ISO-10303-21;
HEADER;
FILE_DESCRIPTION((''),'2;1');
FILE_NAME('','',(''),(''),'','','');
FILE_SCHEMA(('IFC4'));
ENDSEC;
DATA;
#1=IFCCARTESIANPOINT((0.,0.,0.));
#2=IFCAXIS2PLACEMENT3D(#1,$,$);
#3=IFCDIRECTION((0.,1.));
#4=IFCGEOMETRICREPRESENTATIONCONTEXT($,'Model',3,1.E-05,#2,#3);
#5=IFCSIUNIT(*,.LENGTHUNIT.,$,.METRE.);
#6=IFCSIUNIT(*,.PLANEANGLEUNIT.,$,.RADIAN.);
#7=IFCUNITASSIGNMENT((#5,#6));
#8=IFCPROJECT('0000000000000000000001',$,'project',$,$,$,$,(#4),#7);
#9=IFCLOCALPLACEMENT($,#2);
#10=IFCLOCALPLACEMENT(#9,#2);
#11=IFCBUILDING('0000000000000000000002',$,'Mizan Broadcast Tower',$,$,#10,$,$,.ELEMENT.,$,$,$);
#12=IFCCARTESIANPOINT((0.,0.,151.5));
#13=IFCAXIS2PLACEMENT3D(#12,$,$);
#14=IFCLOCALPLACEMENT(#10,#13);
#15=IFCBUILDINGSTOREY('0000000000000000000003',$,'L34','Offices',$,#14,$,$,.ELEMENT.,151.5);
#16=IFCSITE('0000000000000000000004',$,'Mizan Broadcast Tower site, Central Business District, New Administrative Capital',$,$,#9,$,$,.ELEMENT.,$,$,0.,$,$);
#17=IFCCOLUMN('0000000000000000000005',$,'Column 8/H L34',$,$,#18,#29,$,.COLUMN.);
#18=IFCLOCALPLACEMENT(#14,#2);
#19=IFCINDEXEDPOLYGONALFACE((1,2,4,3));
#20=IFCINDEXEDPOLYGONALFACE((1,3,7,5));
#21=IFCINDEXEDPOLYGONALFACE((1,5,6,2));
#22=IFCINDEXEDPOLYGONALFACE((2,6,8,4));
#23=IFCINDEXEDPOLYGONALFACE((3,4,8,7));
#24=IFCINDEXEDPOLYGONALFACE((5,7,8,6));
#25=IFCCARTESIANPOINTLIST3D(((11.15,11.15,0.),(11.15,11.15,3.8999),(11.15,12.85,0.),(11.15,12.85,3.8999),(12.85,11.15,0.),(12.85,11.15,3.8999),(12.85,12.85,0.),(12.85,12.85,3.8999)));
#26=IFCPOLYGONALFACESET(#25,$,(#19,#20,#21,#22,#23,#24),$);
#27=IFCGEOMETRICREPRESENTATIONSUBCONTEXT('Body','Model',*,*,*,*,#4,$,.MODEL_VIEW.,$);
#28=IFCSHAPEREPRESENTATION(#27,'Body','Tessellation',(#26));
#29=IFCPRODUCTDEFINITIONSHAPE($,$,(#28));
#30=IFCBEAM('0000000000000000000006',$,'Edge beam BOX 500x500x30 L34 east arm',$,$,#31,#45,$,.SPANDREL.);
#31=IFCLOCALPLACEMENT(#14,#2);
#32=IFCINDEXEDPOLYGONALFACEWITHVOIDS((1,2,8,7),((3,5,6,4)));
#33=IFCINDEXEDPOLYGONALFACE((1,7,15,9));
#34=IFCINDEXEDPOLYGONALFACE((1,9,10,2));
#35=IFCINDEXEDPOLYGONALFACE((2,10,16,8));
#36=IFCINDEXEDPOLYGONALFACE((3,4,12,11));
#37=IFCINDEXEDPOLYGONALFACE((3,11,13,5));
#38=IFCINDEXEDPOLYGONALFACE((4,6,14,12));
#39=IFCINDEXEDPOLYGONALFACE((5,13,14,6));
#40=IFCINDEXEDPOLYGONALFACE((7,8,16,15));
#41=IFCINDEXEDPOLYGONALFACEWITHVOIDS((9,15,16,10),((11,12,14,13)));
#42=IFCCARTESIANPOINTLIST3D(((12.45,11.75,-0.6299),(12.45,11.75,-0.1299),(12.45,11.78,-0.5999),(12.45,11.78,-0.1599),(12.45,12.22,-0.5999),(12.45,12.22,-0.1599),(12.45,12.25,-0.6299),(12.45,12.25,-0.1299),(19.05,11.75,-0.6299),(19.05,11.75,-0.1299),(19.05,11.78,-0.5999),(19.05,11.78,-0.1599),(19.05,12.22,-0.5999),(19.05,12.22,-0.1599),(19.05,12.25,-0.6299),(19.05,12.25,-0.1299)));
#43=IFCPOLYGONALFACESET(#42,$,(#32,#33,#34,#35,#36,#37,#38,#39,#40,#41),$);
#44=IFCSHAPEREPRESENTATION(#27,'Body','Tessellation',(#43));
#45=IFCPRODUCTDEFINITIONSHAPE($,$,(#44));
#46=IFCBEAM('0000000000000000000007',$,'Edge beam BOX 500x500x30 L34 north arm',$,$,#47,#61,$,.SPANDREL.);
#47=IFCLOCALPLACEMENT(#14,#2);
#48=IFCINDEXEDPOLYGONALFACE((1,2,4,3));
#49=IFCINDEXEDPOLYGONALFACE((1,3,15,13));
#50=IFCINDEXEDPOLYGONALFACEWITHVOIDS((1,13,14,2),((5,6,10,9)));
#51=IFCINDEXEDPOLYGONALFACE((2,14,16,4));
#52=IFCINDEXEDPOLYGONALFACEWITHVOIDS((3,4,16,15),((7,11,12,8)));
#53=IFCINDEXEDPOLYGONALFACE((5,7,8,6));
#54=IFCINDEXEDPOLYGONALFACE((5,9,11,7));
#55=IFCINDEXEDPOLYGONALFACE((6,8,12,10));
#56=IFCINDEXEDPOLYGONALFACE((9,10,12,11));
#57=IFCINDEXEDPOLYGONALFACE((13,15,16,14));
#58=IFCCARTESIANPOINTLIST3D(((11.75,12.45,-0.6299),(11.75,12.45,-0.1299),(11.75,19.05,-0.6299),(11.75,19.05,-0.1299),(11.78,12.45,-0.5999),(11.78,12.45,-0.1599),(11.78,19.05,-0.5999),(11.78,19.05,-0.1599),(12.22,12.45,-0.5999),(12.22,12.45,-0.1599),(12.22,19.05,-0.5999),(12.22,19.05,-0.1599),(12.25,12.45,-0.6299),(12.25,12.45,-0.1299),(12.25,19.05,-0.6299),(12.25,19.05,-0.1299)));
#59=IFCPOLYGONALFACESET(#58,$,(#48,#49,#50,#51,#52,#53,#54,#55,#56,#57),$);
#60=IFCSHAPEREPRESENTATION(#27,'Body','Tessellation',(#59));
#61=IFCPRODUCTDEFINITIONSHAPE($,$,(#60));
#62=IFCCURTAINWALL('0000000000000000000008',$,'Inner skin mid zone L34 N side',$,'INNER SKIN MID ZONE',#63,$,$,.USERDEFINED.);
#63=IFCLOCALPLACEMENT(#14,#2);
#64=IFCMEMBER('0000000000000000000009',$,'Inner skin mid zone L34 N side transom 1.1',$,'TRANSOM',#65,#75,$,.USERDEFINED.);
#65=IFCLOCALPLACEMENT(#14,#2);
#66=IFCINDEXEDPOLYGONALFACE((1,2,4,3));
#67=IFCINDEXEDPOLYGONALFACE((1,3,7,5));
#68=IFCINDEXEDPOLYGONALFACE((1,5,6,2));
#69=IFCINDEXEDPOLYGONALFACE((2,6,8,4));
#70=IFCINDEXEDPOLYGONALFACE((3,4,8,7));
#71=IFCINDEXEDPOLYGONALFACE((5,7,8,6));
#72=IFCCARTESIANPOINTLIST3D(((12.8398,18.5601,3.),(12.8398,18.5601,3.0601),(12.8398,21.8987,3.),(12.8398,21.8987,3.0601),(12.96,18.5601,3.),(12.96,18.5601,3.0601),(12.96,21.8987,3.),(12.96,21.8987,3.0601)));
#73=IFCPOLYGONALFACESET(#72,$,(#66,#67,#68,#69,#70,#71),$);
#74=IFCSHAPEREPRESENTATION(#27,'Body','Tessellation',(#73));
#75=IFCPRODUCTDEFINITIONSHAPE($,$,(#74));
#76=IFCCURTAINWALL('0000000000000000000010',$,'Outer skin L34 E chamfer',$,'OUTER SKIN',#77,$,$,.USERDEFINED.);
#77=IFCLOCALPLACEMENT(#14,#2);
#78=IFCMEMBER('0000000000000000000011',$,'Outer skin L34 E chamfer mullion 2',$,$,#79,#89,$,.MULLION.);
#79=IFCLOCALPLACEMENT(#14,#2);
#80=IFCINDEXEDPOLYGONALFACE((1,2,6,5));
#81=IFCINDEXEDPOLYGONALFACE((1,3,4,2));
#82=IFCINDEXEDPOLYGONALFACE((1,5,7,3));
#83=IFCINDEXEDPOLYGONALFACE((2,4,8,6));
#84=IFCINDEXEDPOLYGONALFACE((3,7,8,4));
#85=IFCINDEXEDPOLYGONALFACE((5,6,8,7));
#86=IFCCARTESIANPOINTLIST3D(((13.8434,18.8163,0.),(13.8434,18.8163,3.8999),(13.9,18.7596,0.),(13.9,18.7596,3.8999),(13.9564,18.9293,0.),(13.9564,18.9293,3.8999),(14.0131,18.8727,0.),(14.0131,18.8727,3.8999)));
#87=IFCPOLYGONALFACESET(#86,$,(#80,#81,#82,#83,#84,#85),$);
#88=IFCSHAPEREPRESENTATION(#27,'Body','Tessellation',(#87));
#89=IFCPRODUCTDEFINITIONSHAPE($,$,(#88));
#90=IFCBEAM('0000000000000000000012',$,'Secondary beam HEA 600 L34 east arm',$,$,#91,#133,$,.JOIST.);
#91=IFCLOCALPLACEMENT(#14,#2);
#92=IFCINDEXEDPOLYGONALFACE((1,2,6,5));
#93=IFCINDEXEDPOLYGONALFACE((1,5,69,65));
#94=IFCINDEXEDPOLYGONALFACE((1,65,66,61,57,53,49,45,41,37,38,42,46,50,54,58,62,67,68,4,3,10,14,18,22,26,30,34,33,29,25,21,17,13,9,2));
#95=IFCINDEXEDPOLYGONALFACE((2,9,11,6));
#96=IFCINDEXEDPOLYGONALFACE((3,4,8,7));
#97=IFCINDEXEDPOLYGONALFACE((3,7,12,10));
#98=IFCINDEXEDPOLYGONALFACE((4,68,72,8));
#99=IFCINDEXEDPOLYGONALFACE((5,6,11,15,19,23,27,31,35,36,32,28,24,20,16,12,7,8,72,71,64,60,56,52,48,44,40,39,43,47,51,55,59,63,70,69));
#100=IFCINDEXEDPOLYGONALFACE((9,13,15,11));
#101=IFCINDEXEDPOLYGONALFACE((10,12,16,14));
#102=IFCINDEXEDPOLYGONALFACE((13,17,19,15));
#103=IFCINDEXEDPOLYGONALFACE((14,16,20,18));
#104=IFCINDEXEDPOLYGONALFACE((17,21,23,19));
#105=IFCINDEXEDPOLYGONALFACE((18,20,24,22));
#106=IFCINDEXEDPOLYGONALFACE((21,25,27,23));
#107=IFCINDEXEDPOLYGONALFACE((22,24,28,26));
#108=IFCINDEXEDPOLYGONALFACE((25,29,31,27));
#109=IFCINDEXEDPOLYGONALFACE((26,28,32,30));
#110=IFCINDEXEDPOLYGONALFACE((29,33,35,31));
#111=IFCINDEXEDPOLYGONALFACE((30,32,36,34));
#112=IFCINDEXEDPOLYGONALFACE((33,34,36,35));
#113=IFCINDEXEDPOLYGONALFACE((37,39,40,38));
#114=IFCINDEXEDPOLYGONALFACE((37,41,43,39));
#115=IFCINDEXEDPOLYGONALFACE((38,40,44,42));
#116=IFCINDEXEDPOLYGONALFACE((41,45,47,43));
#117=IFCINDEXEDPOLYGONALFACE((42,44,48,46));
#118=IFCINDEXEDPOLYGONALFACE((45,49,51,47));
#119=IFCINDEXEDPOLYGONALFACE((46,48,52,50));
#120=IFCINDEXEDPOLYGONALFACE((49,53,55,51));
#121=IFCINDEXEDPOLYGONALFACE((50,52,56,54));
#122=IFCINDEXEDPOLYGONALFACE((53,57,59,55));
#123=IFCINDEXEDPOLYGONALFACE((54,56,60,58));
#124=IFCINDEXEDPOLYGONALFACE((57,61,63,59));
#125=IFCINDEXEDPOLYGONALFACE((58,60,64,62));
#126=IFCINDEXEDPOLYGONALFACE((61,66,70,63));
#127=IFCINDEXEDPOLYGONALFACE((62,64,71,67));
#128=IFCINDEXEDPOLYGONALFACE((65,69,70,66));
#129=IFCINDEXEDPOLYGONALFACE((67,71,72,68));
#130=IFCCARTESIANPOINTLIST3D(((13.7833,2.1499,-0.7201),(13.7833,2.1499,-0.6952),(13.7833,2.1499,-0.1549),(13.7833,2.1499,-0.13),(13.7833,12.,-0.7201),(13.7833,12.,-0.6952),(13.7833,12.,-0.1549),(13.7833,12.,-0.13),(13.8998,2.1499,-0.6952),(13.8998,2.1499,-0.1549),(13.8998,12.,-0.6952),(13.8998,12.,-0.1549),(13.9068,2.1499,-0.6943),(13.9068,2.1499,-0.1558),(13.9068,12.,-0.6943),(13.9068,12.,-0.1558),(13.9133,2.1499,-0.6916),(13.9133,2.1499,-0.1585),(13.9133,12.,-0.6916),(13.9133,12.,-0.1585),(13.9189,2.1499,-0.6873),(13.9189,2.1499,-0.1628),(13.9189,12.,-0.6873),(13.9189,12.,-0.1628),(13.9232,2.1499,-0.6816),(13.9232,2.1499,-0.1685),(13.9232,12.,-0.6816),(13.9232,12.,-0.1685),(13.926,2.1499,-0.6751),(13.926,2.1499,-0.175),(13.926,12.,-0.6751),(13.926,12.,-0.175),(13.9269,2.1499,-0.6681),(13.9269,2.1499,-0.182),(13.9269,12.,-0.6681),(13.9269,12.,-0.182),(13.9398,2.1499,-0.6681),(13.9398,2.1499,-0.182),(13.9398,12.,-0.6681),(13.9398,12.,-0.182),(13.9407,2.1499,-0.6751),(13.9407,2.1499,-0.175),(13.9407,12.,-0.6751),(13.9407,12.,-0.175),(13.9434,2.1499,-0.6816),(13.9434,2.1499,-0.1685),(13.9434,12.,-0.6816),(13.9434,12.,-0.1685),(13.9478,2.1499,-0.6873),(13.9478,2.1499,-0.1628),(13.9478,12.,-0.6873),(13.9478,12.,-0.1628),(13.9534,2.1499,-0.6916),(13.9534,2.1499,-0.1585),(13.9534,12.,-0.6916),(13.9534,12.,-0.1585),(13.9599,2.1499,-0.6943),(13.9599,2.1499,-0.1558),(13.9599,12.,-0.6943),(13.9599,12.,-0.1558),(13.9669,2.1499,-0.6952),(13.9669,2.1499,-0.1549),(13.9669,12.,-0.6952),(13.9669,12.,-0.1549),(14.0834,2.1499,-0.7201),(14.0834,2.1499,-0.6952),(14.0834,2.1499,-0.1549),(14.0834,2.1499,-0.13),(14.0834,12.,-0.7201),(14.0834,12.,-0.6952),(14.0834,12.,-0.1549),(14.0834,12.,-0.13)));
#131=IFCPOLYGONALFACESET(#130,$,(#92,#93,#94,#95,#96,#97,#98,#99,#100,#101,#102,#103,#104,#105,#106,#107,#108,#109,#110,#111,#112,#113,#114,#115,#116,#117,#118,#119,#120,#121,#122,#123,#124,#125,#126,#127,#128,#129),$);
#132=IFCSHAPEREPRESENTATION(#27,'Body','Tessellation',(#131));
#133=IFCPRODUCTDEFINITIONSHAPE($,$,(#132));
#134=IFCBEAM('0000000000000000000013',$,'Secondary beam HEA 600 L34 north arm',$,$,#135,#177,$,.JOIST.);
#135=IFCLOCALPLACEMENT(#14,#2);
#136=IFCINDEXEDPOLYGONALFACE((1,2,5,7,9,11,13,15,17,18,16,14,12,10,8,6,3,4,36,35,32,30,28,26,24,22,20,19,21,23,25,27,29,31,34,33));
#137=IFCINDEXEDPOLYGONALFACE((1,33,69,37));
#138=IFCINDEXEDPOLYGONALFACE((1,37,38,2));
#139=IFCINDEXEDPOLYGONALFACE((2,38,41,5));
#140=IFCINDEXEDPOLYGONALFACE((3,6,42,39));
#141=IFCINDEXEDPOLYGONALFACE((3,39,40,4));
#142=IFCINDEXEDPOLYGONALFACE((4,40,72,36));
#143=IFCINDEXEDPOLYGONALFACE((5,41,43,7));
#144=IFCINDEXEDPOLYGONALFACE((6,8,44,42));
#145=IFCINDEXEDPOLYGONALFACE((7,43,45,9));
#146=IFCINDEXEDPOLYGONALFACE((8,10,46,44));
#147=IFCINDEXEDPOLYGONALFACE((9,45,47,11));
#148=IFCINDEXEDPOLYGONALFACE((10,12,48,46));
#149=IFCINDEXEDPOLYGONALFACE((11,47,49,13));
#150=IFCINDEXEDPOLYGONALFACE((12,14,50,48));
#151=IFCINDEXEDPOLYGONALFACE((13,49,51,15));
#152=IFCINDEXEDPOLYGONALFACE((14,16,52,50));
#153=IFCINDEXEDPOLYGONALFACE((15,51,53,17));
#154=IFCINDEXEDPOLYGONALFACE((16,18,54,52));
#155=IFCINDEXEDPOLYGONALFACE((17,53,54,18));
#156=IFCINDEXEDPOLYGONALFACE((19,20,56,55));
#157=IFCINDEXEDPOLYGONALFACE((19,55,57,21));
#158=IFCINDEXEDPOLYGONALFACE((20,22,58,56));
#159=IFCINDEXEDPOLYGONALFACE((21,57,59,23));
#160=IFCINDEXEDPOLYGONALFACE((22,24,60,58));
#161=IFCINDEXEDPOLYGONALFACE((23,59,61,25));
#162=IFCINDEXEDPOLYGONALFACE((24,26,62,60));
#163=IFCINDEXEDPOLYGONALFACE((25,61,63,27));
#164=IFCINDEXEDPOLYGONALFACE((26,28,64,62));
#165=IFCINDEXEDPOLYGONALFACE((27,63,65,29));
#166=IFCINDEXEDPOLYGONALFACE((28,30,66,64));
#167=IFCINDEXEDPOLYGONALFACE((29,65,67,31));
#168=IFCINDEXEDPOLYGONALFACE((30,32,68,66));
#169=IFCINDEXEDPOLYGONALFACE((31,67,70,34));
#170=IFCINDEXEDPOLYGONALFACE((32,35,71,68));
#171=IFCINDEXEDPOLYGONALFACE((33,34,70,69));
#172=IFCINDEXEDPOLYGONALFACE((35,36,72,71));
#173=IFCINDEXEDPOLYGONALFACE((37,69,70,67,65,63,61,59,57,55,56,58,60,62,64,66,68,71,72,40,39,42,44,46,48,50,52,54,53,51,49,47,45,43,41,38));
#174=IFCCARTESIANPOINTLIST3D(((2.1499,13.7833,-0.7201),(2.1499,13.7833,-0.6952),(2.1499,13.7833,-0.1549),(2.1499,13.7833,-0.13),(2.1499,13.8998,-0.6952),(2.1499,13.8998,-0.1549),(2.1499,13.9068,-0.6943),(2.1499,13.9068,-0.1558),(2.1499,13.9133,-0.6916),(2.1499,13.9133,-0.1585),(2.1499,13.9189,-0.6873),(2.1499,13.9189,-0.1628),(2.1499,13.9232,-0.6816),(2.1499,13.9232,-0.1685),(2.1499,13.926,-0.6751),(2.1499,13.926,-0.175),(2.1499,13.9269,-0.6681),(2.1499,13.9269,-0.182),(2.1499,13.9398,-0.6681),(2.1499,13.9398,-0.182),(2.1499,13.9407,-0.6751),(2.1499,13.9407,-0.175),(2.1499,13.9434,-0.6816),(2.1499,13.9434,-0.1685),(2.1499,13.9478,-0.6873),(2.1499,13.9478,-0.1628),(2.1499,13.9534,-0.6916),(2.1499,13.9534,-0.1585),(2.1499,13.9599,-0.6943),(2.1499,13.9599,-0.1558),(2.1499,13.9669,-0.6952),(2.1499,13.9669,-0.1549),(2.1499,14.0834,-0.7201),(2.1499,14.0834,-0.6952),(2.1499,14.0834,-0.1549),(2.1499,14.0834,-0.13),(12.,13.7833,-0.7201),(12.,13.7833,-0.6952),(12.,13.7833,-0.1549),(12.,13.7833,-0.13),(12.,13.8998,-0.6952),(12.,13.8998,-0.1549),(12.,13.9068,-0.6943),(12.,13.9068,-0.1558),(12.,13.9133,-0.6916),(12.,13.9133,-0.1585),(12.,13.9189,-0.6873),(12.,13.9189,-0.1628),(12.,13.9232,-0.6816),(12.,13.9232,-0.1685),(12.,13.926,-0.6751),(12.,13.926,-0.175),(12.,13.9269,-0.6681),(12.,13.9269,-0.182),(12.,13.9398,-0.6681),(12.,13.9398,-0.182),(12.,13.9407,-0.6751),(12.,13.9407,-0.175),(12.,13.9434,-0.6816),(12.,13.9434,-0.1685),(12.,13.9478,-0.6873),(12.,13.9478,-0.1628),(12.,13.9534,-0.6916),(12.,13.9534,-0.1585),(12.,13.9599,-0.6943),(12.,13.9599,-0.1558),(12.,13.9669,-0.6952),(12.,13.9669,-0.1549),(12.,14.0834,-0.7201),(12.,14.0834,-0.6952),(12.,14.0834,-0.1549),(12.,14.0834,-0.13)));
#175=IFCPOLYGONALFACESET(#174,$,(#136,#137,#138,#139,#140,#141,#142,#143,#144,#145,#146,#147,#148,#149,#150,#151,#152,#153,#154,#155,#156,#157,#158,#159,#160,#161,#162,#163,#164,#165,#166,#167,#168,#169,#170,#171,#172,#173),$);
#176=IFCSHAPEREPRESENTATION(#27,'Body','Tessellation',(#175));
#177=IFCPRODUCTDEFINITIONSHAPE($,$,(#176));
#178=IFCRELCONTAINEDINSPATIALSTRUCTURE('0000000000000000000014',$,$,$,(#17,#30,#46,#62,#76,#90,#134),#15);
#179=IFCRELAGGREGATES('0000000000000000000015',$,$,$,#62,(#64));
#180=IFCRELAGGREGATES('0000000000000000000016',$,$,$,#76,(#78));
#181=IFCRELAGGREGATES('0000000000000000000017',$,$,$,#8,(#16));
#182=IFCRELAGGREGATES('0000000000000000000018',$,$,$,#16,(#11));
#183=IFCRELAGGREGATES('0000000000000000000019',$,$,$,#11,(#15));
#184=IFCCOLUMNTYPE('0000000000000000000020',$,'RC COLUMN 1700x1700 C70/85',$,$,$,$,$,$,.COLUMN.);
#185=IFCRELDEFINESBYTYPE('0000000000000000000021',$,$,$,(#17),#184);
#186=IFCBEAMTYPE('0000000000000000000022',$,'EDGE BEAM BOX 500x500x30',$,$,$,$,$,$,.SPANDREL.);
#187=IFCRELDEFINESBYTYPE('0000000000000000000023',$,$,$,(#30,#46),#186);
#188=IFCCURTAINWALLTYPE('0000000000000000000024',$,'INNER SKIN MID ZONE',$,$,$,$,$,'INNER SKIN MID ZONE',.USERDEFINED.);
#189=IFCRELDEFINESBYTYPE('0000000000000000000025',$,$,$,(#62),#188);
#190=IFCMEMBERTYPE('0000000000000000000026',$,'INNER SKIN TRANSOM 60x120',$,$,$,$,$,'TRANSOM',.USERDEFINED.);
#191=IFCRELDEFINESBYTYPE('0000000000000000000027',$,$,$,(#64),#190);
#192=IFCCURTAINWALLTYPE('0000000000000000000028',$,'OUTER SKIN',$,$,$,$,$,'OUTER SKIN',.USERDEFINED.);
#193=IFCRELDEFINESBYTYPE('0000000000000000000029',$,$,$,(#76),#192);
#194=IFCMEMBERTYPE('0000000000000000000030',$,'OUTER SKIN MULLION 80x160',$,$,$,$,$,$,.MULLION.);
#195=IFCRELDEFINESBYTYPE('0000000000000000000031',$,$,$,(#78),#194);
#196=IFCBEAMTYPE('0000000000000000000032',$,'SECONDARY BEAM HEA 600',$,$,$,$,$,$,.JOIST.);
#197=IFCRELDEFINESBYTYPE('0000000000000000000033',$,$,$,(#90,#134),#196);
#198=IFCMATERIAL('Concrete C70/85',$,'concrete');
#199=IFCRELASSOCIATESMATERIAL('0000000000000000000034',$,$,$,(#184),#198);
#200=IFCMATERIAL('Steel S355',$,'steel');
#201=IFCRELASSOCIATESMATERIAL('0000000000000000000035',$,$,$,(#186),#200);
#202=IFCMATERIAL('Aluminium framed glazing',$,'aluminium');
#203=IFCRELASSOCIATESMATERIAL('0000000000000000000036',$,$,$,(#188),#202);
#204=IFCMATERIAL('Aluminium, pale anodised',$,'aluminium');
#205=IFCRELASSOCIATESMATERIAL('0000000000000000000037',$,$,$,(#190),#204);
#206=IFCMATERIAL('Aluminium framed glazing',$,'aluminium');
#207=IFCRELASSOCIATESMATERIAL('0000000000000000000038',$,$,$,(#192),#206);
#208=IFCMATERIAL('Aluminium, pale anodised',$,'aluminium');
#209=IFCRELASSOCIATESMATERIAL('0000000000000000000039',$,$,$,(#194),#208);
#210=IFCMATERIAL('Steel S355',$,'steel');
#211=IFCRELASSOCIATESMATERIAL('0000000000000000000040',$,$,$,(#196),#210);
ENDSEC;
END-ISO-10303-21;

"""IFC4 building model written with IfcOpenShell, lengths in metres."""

from ifc_helpers import new_model, si_unit, direction, frame, origin, origin_2d, place, context, subcontext, project, spatial, rectangle, hollow_rectangle, i_section, extrude, material, material_profile, profile_set, type_object, element, aggregate, save


model = new_model("IFC4")

# Units and contexts
model_context = context("Model", 3, precision=1e-05, world=origin(), true_north=direction((0.0, 1.0)))
body_context = subcontext(model_context, "Body", "Model", "MODEL_VIEW")
ifc_project = project(units=[si_unit("LENGTHUNIT", "METRE"), si_unit("PLANEANGLEUNIT", "RADIAN")], contexts=[model_context])

# Site, building, storey
site_placement = place(None, origin())
site = spatial("IfcSite", under=ifc_project, at=site_placement, Name="Mizan Broadcast Tower site, Central Business District, New Administrative Capital", CompositionType="ELEMENT", RefElevation=0.0)
building_placement = place(site_placement, origin())
building = spatial("IfcBuilding", under=site, at=building_placement, Name="Mizan Broadcast Tower", CompositionType="ELEMENT")
storey_placement = place(building_placement, frame((0.0, 0.0, 151.5)))
storey = spatial("IfcBuildingStorey", under=building, at=storey_placement, Name="L34", Description="Offices", CompositionType="ELEMENT", Elevation=151.5)

# Column
ifc_material_1 = material(Name="Concrete C70/85", Category="concrete")
ifc_material_profile_1 = material_profile(ifc_material_1, rectangle(XDim=1.7, YDim=1.7, at=origin_2d()), Name="RC 1700x1700")
ifc_profile_set_1 = profile_set([ifc_material_profile_1], Name="Concrete C70/85")
column_type = type_object("IfcColumnType", Name="RC COLUMN 1700x1700 C70/85", PredefinedType="COLUMN", material=ifc_profile_set_1)
column_placement = place(storey_placement, frame((12.0, 12.0, 0.0), z_axis=(0.0, 0.0, 1.0), x_axis=(1.0, 0.0, 0.0)))
element("IfcColumn", 1, at=column_placement, inside=storey, type_object=column_type, Name="Column 8/H L34", PredefinedType="COLUMN", context=body_context, shape_type="SweptSolid", body=[
    extrude(rectangle(XDim=1.7, YDim=1.7, at=origin_2d()), origin(), (0.0, 0.0, 1.0), 3.8999),
])

# Beams
ifc_material_2 = material(Name="Steel S355", Category="steel")
ifc_material_profile_2 = material_profile(ifc_material_2, hollow_rectangle(XDim=0.5, YDim=0.5, WallThickness=0.03, at=origin_2d()), Name="BOX 500x500x30")
ifc_profile_set_2 = profile_set([ifc_material_profile_2], Name="Steel S355")
beam_type_1 = type_object("IfcBeamType", Name="EDGE BEAM BOX 500x500x30", PredefinedType="SPANDREL", material=ifc_profile_set_2)
for number, where, z_axis, x_axis, name in (
    (2, (12.45, 12.0, -0.3799), (1.0, 0.0, 0.0), (0.0, 1.0, 0.0), "Edge beam BOX 500x500x30 L34 east arm"),
    (3, (12.0, 12.45, -0.3799), (0.0, 1.0, 0.0), (-1.0, 0.0, 0.0), "Edge beam BOX 500x500x30 L34 north arm"),
):
    element("IfcBeam", number, at=place(storey_placement, frame(where, z_axis=z_axis, x_axis=x_axis)), inside=storey, type_object=beam_type_1, Name=name, PredefinedType="SPANDREL", context=body_context, shape_type="SweptSolid", body=[
        extrude(hollow_rectangle(XDim=0.5, YDim=0.5, WallThickness=0.03, at=origin_2d()), origin(), (0.0, 0.0, 1.0), 6.6001),
    ])

# Curtain walls, members
ifc_material_3 = material(Name="Aluminium framed glazing", Category="aluminium")
curtain_wall_type_1 = type_object("IfcCurtainWallType", Name="INNER SKIN MID ZONE", ElementType="INNER SKIN MID ZONE", PredefinedType="USERDEFINED", material=ifc_material_3)
curtain_wall_1_placement = place(storey_placement, origin())
curtain_wall_1 = element("IfcCurtainWall", 4, at=curtain_wall_1_placement, inside=storey, type_object=curtain_wall_type_1, Name="Inner skin mid zone L34 N side", ObjectType="INNER SKIN MID ZONE", PredefinedType="USERDEFINED")
ifc_material_4 = material(Name="Aluminium, pale anodised", Category="aluminium")
ifc_material_profile_3 = material_profile(ifc_material_4, rectangle(XDim=0.1201, YDim=0.0601, at=origin_2d()), Name="TRANSOM 120x60")
ifc_profile_set_3 = profile_set([ifc_material_profile_3], Name="Aluminium, pale anodised")
member_type_1 = type_object("IfcMemberType", Name="INNER SKIN TRANSOM 60x120", ElementType="TRANSOM", PredefinedType="USERDEFINED", material=ifc_profile_set_3)
member_1_placement = place(storey_placement, frame((12.8999, 18.5601, 3.03), z_axis=(0.0, 1.0, 0.0), x_axis=(-1.0, 0.0, 0.0)))
member_1 = element("IfcMember", 5, at=member_1_placement, type_object=member_type_1, Name="Inner skin mid zone L34 N side transom 1.1", ObjectType="TRANSOM", PredefinedType="USERDEFINED", context=body_context, shape_type="SweptSolid", body=[
    extrude(rectangle(XDim=0.1201, YDim=0.0601, at=origin_2d()), origin(), (0.0, 0.0, 1.0), 3.3386),
])
aggregate(curtain_wall_1, [member_1])
ifc_material_5 = material(Name="Aluminium framed glazing", Category="aluminium")
curtain_wall_type_2 = type_object("IfcCurtainWallType", Name="OUTER SKIN", ElementType="OUTER SKIN", PredefinedType="USERDEFINED", material=ifc_material_5)
curtain_wall_2_placement = place(storey_placement, origin())
curtain_wall_2 = element("IfcCurtainWall", 6, at=curtain_wall_2_placement, inside=storey, type_object=curtain_wall_type_2, Name="Outer skin L34 E chamfer", ObjectType="OUTER SKIN", PredefinedType="USERDEFINED")
ifc_material_6 = material(Name="Aluminium, pale anodised", Category="aluminium")
ifc_material_profile_4 = material_profile(ifc_material_6, rectangle(XDim=0.1599, YDim=0.0801, at=origin_2d()), Name="MULLION 160x80")
ifc_profile_set_4 = profile_set([ifc_material_profile_4], Name="Aluminium, pale anodised")
member_type_2 = type_object("IfcMemberType", Name="OUTER SKIN MULLION 80x160", PredefinedType="MULLION", material=ifc_profile_set_4)
member_2_placement = place(storey_placement, frame((13.9282, 18.8445, 0.0), z_axis=(0.0, 0.0, 1.0), x_axis=(-0.707107, -0.707107, 0.0)))
member_2 = element("IfcMember", 7, at=member_2_placement, type_object=member_type_2, Name="Outer skin L34 E chamfer mullion 2", PredefinedType="MULLION", context=body_context, shape_type="SweptSolid", body=[
    extrude(rectangle(XDim=0.1599, YDim=0.0801, at=origin_2d()), origin(), (0.0, 0.0, 1.0), 3.8999),
])

# Beams
ifc_material_7 = material(Name="Steel S355", Category="steel")
ifc_material_profile_5 = material_profile(ifc_material_7, i_section(OverallWidth=0.3, OverallDepth=0.5901, WebThickness=0.0129, FlangeThickness=0.0249, FilletRadius=0.0271, at=origin_2d()), Name="HEA 600")
ifc_profile_set_5 = profile_set([ifc_material_profile_5], Name="Steel S355")
beam_type_2 = type_object("IfcBeamType", Name="SECONDARY BEAM HEA 600", PredefinedType="JOIST", material=ifc_profile_set_5)
for number, where, z_axis, x_axis, name in (
    (8, (13.9333, 12.0, -0.425), (0.0, -1.0, 0.0), (1.0, 0.0, 0.0), "Secondary beam HEA 600 L34 east arm"),
    (9, (12.0, 13.9333, -0.425), (-1.0, 0.0, 0.0), (0.0, -1.0, 0.0), "Secondary beam HEA 600 L34 north arm"),
):
    element("IfcBeam", number, at=place(storey_placement, frame(where, z_axis=z_axis, x_axis=x_axis)), inside=storey, type_object=beam_type_2, Name=name, PredefinedType="JOIST", context=body_context, shape_type="SweptSolid", body=[
        extrude(i_section(OverallWidth=0.3, OverallDepth=0.5901, WebThickness=0.0129, FlangeThickness=0.0249, FilletRadius=0.0271, at=origin_2d()), origin(), (0.0, 0.0, 1.0), 9.8501),
    ])

aggregate(curtain_wall_2, [member_2])

save(model, "model.ifc")
